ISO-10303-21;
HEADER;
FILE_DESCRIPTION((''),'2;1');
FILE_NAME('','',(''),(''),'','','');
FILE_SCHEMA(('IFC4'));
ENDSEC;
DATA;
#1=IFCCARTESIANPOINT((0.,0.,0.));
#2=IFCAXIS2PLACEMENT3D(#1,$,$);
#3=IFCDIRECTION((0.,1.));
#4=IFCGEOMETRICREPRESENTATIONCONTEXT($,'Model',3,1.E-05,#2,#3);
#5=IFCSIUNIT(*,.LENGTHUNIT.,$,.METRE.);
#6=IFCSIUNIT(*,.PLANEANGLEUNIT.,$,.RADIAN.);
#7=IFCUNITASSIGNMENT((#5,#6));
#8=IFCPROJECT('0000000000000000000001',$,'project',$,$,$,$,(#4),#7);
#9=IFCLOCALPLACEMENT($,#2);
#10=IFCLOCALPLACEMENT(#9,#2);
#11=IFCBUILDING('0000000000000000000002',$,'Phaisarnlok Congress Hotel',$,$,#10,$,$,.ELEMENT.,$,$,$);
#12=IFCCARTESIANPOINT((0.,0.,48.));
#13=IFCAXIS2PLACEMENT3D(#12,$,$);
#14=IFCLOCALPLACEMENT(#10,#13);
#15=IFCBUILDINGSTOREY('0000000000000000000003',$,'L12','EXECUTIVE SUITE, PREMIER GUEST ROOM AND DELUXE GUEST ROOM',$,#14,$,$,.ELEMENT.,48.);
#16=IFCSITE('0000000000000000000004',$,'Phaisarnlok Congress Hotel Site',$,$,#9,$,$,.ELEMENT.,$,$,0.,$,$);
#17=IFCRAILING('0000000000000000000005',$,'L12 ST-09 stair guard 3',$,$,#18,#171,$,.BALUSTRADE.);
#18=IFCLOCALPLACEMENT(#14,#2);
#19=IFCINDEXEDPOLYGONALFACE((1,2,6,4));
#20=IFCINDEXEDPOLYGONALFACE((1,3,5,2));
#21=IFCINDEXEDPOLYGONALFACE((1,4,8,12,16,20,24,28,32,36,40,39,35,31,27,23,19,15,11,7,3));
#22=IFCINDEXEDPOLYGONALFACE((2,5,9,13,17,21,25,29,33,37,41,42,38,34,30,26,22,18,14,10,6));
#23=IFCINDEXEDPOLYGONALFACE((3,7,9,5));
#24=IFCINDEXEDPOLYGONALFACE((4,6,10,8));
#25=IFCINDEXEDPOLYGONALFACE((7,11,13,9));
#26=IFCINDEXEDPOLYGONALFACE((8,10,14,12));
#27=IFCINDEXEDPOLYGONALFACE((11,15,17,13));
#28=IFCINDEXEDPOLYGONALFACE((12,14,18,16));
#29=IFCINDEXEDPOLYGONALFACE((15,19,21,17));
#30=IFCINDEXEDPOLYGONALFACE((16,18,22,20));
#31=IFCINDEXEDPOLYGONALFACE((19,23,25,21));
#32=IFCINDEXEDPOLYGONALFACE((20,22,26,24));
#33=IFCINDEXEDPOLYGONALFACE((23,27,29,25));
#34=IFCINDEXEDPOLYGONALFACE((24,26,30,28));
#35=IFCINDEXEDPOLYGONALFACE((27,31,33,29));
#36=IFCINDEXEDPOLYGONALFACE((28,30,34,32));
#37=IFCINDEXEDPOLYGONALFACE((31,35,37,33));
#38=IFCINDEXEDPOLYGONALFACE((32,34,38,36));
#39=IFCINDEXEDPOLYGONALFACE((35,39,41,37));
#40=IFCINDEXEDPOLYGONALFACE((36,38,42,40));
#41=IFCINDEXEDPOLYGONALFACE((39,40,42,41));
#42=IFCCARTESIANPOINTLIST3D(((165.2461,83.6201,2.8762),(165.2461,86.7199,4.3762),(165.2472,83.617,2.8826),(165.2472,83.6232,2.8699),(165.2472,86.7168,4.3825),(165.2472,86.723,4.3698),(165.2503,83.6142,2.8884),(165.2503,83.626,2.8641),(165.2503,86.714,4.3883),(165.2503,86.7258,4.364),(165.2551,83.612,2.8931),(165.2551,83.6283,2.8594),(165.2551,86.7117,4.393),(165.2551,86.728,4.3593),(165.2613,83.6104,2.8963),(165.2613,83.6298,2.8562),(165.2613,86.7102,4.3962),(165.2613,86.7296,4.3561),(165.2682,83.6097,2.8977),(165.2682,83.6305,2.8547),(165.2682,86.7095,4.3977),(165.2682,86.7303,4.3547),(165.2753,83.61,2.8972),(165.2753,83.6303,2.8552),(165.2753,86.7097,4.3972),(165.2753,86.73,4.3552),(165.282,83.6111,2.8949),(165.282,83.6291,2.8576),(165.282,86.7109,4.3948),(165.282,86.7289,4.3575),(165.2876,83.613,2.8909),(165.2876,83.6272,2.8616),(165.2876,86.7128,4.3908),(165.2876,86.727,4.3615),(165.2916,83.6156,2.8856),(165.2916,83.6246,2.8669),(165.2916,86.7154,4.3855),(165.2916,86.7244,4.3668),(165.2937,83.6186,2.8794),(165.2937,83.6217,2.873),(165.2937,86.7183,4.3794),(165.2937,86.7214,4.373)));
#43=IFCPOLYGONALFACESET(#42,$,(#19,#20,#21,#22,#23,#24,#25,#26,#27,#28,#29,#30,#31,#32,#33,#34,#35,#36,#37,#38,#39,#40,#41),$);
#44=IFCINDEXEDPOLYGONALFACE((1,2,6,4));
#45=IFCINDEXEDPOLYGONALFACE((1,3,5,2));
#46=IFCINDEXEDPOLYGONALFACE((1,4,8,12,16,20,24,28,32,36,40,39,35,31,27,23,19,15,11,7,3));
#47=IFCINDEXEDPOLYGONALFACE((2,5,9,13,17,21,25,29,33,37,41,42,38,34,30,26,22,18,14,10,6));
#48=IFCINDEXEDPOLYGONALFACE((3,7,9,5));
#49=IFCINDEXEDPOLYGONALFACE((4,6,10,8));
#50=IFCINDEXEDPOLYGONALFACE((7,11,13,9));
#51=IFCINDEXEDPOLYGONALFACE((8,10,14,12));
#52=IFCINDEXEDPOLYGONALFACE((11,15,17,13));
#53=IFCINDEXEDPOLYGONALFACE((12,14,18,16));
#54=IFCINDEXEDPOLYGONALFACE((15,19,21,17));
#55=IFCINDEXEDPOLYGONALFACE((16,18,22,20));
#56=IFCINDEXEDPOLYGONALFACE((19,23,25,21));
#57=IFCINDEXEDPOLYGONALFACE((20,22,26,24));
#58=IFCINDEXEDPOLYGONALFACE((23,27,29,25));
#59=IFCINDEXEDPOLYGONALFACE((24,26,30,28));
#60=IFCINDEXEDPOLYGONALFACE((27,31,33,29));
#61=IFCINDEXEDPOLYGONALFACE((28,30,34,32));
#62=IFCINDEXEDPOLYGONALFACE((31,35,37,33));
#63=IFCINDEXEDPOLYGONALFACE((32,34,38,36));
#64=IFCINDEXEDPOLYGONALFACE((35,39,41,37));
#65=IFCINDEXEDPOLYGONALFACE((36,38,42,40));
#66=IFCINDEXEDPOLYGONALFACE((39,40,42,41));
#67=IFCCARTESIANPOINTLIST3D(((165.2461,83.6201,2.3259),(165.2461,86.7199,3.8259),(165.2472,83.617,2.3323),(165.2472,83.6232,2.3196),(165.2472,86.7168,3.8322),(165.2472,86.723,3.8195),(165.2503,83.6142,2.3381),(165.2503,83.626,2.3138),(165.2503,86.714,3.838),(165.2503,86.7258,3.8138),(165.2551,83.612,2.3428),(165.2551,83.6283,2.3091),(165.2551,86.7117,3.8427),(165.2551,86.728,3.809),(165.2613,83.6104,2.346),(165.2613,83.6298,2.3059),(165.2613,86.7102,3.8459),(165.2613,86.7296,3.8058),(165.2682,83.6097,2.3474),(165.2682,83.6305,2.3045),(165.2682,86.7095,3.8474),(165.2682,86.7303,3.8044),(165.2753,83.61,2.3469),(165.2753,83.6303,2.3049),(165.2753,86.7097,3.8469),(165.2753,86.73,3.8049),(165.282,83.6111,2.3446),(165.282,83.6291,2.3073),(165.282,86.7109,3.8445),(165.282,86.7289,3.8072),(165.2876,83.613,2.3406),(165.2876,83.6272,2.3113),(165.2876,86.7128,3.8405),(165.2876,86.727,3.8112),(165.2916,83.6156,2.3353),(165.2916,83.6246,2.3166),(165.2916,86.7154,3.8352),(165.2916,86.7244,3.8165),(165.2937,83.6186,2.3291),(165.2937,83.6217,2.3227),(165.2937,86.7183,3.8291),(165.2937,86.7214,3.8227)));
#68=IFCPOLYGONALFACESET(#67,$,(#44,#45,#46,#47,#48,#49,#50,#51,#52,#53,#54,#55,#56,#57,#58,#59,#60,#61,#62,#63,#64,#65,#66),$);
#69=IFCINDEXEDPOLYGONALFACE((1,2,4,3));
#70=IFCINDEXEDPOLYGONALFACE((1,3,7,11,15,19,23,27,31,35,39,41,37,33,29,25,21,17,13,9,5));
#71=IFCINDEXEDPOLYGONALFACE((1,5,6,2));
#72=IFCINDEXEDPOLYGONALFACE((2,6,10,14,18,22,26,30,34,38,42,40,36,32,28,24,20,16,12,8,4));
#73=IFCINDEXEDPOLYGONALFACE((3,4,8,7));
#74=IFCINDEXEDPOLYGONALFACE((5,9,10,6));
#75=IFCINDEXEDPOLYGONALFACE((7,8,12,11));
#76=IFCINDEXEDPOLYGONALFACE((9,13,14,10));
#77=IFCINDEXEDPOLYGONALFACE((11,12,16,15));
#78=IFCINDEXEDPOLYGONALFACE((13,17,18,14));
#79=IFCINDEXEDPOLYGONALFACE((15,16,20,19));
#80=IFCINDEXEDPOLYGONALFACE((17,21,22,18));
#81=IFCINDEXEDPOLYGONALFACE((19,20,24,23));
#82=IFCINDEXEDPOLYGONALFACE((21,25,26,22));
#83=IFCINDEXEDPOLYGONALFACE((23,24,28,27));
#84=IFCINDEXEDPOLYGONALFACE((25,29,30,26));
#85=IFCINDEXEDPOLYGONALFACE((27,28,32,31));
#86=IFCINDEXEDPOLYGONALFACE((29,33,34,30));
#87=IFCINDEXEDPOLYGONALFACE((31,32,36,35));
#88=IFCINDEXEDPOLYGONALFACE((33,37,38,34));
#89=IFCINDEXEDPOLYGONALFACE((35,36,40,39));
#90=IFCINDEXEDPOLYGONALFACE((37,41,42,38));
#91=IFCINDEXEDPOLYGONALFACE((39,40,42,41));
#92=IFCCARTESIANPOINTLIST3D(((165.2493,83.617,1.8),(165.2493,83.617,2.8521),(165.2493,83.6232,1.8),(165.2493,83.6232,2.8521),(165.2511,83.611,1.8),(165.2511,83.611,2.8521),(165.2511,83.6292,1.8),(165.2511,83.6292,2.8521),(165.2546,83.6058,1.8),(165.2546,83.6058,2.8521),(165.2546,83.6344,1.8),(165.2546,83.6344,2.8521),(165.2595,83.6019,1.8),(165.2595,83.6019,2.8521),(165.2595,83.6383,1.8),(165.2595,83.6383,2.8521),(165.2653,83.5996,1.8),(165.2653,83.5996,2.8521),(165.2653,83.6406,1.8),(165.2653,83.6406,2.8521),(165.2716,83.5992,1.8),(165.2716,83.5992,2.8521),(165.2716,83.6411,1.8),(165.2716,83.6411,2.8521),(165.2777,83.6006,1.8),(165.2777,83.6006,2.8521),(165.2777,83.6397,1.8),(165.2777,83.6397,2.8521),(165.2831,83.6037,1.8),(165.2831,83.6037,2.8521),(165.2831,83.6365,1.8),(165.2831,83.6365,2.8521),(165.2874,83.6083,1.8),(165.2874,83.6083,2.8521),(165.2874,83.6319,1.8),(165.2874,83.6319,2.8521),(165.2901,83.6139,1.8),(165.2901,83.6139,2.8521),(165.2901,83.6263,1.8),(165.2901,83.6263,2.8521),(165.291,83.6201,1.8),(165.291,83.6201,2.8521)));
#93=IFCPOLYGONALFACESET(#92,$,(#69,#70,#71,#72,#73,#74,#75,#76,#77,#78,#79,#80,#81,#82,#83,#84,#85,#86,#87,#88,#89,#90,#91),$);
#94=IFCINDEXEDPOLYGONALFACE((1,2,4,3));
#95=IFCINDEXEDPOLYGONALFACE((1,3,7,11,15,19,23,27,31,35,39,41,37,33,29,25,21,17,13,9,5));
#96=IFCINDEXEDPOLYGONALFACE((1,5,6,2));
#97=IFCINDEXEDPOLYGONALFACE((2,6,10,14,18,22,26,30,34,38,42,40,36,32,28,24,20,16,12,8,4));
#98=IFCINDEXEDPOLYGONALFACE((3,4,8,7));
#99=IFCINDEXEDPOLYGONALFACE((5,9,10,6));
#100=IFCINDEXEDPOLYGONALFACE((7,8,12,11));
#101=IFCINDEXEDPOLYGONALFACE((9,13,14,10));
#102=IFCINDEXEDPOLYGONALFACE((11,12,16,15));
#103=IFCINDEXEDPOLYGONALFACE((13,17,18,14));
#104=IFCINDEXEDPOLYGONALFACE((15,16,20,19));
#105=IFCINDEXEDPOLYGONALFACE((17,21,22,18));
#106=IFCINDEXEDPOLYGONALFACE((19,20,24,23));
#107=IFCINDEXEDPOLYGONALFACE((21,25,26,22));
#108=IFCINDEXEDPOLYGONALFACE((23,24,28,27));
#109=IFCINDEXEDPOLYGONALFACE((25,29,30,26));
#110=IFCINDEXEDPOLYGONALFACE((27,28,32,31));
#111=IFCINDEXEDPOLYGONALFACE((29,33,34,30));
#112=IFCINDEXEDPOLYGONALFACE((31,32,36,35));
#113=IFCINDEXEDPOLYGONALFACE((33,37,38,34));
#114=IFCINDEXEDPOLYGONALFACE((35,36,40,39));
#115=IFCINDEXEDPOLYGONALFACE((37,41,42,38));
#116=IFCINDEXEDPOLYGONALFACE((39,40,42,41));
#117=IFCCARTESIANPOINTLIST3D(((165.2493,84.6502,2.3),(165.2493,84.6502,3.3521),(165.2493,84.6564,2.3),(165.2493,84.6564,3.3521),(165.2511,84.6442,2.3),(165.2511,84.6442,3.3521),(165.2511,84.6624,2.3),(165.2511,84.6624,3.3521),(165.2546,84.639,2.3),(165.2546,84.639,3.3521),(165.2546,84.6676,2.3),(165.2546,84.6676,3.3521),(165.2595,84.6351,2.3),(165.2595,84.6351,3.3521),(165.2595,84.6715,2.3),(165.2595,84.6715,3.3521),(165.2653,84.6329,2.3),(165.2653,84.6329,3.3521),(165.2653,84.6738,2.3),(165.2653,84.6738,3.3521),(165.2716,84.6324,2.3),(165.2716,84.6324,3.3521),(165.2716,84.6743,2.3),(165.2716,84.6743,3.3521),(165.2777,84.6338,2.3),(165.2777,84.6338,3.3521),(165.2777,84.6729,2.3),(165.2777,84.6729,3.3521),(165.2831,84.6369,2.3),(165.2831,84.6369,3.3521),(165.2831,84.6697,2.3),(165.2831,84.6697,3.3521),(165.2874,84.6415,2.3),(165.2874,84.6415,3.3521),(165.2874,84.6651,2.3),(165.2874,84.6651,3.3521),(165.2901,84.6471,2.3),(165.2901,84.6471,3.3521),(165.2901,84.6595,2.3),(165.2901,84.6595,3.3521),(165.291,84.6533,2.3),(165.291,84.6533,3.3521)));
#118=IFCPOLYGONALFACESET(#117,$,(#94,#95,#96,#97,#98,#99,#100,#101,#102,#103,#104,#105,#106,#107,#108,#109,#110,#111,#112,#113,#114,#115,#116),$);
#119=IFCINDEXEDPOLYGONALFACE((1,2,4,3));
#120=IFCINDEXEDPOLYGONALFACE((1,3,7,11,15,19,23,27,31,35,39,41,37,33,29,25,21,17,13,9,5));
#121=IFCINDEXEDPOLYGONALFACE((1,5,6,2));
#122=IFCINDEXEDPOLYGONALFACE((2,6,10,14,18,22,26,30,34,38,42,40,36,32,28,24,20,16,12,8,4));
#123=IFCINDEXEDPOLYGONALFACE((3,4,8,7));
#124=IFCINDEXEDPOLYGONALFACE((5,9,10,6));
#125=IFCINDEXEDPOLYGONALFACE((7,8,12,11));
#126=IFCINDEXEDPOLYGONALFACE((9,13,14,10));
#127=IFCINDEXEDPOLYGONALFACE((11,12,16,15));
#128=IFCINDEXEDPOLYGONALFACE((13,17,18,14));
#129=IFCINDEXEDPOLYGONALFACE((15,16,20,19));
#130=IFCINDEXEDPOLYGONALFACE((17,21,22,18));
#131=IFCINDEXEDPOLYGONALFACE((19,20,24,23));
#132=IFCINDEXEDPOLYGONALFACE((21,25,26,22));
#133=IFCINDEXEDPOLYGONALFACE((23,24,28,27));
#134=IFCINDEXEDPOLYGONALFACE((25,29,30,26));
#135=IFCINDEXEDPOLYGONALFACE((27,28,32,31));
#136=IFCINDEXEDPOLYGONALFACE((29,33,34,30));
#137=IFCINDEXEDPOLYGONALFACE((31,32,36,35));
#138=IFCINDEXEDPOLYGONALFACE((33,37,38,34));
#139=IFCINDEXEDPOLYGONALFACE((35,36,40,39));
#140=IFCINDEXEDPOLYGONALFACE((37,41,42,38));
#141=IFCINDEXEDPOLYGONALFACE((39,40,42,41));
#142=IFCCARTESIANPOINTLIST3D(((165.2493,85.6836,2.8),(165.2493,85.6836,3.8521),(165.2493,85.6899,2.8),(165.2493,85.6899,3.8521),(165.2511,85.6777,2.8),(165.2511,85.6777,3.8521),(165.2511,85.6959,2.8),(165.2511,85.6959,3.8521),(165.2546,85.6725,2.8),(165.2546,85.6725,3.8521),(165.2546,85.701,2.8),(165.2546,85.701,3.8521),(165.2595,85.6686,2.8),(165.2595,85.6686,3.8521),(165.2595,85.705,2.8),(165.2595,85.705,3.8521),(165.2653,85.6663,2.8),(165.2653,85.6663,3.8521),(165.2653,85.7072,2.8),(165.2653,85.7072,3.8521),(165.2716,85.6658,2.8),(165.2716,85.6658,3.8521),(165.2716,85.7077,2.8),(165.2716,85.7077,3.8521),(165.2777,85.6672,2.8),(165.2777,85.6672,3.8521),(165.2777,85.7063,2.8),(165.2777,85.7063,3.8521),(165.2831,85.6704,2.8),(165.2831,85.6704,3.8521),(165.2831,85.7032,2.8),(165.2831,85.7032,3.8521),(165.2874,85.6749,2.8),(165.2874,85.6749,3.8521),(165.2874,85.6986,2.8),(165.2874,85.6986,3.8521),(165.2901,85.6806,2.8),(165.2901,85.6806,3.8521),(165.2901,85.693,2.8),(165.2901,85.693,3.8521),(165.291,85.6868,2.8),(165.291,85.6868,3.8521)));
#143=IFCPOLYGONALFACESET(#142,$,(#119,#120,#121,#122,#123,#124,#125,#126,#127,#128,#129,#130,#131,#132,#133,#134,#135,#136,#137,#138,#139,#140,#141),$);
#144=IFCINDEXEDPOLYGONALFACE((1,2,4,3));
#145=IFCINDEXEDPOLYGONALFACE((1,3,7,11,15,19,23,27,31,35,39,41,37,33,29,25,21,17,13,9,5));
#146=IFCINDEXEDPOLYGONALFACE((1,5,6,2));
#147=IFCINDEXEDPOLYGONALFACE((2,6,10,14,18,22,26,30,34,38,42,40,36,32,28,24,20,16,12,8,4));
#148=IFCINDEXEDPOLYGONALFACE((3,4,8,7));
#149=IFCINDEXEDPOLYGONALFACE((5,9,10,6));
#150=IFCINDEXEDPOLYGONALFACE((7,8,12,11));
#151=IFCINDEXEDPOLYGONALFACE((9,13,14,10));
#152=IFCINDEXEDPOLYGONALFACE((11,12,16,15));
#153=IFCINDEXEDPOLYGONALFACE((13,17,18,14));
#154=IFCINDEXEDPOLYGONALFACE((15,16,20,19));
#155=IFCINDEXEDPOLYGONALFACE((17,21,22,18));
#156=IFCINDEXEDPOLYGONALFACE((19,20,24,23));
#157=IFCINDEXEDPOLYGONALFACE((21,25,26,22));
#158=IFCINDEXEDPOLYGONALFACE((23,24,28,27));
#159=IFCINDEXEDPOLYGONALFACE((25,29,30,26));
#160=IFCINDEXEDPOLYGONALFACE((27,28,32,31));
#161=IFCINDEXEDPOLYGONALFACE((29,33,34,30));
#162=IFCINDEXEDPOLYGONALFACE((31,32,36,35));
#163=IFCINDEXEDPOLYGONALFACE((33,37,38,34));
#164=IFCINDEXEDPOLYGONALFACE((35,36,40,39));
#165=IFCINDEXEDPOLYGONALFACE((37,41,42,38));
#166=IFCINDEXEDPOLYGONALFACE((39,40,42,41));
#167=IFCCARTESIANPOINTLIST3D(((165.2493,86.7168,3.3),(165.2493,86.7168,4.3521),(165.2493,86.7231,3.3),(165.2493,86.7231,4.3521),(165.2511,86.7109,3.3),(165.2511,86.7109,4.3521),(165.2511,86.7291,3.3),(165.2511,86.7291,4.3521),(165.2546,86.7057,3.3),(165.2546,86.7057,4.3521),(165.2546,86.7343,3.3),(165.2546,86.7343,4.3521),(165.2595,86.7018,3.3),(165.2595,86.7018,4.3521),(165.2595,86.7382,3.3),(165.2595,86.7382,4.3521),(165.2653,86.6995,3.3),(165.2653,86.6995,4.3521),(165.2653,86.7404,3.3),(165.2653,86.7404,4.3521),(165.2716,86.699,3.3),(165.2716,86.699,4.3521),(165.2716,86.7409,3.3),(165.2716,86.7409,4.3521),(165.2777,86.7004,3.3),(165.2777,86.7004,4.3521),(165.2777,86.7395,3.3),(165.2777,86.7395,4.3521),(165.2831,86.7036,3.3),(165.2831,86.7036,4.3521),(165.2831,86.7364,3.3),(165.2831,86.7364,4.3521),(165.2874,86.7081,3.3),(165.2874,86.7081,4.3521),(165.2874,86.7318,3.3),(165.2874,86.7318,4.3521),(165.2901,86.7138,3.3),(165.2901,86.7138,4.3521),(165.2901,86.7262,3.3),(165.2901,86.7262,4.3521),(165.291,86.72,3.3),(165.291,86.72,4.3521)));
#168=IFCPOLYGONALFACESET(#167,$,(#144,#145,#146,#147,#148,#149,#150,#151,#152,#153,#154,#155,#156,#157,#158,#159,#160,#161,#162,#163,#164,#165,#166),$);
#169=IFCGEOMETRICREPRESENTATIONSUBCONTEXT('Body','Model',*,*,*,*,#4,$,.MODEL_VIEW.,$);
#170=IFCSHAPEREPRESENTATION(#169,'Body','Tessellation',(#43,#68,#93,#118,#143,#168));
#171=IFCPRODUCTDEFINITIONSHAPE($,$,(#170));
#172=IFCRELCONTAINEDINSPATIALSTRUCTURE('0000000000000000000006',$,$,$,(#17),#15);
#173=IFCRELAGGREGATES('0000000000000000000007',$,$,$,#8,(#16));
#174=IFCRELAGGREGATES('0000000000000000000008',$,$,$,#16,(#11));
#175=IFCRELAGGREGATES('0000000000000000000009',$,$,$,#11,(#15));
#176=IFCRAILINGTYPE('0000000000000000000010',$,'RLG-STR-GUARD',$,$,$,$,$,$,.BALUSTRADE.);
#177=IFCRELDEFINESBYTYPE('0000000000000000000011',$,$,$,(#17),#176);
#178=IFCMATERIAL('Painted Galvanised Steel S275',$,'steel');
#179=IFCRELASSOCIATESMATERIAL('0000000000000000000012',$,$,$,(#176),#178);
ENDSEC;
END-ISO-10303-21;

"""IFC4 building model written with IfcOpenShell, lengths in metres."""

from ifc_helpers import new_model, si_unit, direction, frame, origin, origin_2d, place, context, subcontext, project, spatial, circle, extrude, material, type_object, element, save


model = new_model("IFC4")

# Units and contexts
model_context = context("Model", 3, precision=1e-05, world=origin(), true_north=direction((0.0, 1.0)))
body_context = subcontext(model_context, "Body", "Model", "MODEL_VIEW")
ifc_project = project(units=[si_unit("LENGTHUNIT", "METRE"), si_unit("PLANEANGLEUNIT", "RADIAN")], contexts=[model_context])

# Site, building, storey
site_placement = place(None, origin())
site = spatial("IfcSite", under=ifc_project, at=site_placement, Name="Phaisarnlok Congress Hotel Site", CompositionType="ELEMENT", RefElevation=0.0)
building_placement = place(site_placement, origin())
building = spatial("IfcBuilding", under=site, at=building_placement, Name="Phaisarnlok Congress Hotel", CompositionType="ELEMENT")
storey_placement = place(building_placement, frame((0.0, 0.0, 48.0)))
storey = spatial("IfcBuildingStorey", under=building, at=storey_placement, Name="L12", Description="EXECUTIVE SUITE, PREMIER GUEST ROOM AND DELUXE GUEST ROOM", CompositionType="ELEMENT", Elevation=48.0)

# Railing
ifc_material_1 = material(Name="Painted Galvanised Steel S275", Category="steel")
railing_type_1 = type_object("IfcRailingType", Name="RLG-STR-GUARD", PredefinedType="BALUSTRADE", material=ifc_material_1)
railing_1_placement = place(storey_placement, frame((165.27, 83.6201, 1.8)))
element("IfcRailing", 1, at=railing_1_placement, inside=storey, type_object=railing_type_1, Name="L12 ST-09 stair guard 3", PredefinedType="BALUSTRADE", context=body_context, shape_type="SweptSolid", body=[
    extrude(circle(Radius=0.0239, at=origin_2d()), frame((0.0, 0.0, 1.0762), z_axis=(0.0, 0.900151, 0.435578), x_axis=(-1.0, 0.0, 0.0)), (0.0, 0.0, 1.0), 3.4436),
    extrude(circle(Radius=0.0239, at=origin_2d()), frame((0.0, 0.0, 0.5259), z_axis=(0.0, 0.900151, 0.435578), x_axis=(-1.0, 0.0, 0.0)), (0.0, 0.0, 1.0), 3.4436),
    extrude(circle(Radius=0.021, at=origin_2d()), origin(), (0.0, 0.0, 1.0), 1.052),
    extrude(circle(Radius=0.021, at=origin_2d()), frame((0.0, 1.0332, 0.5)), (0.0, 0.0, 1.0), 1.052),
    extrude(circle(Radius=0.021, at=origin_2d()), frame((0.0, 2.0667, 1.0)), (0.0, 0.0, 1.0), 1.052),
    extrude(circle(Radius=0.021, at=origin_2d()), frame((0.0, 3.0999, 1.5)), (0.0, 0.0, 1.0), 1.052),
])

save(model, "model.ifc")
